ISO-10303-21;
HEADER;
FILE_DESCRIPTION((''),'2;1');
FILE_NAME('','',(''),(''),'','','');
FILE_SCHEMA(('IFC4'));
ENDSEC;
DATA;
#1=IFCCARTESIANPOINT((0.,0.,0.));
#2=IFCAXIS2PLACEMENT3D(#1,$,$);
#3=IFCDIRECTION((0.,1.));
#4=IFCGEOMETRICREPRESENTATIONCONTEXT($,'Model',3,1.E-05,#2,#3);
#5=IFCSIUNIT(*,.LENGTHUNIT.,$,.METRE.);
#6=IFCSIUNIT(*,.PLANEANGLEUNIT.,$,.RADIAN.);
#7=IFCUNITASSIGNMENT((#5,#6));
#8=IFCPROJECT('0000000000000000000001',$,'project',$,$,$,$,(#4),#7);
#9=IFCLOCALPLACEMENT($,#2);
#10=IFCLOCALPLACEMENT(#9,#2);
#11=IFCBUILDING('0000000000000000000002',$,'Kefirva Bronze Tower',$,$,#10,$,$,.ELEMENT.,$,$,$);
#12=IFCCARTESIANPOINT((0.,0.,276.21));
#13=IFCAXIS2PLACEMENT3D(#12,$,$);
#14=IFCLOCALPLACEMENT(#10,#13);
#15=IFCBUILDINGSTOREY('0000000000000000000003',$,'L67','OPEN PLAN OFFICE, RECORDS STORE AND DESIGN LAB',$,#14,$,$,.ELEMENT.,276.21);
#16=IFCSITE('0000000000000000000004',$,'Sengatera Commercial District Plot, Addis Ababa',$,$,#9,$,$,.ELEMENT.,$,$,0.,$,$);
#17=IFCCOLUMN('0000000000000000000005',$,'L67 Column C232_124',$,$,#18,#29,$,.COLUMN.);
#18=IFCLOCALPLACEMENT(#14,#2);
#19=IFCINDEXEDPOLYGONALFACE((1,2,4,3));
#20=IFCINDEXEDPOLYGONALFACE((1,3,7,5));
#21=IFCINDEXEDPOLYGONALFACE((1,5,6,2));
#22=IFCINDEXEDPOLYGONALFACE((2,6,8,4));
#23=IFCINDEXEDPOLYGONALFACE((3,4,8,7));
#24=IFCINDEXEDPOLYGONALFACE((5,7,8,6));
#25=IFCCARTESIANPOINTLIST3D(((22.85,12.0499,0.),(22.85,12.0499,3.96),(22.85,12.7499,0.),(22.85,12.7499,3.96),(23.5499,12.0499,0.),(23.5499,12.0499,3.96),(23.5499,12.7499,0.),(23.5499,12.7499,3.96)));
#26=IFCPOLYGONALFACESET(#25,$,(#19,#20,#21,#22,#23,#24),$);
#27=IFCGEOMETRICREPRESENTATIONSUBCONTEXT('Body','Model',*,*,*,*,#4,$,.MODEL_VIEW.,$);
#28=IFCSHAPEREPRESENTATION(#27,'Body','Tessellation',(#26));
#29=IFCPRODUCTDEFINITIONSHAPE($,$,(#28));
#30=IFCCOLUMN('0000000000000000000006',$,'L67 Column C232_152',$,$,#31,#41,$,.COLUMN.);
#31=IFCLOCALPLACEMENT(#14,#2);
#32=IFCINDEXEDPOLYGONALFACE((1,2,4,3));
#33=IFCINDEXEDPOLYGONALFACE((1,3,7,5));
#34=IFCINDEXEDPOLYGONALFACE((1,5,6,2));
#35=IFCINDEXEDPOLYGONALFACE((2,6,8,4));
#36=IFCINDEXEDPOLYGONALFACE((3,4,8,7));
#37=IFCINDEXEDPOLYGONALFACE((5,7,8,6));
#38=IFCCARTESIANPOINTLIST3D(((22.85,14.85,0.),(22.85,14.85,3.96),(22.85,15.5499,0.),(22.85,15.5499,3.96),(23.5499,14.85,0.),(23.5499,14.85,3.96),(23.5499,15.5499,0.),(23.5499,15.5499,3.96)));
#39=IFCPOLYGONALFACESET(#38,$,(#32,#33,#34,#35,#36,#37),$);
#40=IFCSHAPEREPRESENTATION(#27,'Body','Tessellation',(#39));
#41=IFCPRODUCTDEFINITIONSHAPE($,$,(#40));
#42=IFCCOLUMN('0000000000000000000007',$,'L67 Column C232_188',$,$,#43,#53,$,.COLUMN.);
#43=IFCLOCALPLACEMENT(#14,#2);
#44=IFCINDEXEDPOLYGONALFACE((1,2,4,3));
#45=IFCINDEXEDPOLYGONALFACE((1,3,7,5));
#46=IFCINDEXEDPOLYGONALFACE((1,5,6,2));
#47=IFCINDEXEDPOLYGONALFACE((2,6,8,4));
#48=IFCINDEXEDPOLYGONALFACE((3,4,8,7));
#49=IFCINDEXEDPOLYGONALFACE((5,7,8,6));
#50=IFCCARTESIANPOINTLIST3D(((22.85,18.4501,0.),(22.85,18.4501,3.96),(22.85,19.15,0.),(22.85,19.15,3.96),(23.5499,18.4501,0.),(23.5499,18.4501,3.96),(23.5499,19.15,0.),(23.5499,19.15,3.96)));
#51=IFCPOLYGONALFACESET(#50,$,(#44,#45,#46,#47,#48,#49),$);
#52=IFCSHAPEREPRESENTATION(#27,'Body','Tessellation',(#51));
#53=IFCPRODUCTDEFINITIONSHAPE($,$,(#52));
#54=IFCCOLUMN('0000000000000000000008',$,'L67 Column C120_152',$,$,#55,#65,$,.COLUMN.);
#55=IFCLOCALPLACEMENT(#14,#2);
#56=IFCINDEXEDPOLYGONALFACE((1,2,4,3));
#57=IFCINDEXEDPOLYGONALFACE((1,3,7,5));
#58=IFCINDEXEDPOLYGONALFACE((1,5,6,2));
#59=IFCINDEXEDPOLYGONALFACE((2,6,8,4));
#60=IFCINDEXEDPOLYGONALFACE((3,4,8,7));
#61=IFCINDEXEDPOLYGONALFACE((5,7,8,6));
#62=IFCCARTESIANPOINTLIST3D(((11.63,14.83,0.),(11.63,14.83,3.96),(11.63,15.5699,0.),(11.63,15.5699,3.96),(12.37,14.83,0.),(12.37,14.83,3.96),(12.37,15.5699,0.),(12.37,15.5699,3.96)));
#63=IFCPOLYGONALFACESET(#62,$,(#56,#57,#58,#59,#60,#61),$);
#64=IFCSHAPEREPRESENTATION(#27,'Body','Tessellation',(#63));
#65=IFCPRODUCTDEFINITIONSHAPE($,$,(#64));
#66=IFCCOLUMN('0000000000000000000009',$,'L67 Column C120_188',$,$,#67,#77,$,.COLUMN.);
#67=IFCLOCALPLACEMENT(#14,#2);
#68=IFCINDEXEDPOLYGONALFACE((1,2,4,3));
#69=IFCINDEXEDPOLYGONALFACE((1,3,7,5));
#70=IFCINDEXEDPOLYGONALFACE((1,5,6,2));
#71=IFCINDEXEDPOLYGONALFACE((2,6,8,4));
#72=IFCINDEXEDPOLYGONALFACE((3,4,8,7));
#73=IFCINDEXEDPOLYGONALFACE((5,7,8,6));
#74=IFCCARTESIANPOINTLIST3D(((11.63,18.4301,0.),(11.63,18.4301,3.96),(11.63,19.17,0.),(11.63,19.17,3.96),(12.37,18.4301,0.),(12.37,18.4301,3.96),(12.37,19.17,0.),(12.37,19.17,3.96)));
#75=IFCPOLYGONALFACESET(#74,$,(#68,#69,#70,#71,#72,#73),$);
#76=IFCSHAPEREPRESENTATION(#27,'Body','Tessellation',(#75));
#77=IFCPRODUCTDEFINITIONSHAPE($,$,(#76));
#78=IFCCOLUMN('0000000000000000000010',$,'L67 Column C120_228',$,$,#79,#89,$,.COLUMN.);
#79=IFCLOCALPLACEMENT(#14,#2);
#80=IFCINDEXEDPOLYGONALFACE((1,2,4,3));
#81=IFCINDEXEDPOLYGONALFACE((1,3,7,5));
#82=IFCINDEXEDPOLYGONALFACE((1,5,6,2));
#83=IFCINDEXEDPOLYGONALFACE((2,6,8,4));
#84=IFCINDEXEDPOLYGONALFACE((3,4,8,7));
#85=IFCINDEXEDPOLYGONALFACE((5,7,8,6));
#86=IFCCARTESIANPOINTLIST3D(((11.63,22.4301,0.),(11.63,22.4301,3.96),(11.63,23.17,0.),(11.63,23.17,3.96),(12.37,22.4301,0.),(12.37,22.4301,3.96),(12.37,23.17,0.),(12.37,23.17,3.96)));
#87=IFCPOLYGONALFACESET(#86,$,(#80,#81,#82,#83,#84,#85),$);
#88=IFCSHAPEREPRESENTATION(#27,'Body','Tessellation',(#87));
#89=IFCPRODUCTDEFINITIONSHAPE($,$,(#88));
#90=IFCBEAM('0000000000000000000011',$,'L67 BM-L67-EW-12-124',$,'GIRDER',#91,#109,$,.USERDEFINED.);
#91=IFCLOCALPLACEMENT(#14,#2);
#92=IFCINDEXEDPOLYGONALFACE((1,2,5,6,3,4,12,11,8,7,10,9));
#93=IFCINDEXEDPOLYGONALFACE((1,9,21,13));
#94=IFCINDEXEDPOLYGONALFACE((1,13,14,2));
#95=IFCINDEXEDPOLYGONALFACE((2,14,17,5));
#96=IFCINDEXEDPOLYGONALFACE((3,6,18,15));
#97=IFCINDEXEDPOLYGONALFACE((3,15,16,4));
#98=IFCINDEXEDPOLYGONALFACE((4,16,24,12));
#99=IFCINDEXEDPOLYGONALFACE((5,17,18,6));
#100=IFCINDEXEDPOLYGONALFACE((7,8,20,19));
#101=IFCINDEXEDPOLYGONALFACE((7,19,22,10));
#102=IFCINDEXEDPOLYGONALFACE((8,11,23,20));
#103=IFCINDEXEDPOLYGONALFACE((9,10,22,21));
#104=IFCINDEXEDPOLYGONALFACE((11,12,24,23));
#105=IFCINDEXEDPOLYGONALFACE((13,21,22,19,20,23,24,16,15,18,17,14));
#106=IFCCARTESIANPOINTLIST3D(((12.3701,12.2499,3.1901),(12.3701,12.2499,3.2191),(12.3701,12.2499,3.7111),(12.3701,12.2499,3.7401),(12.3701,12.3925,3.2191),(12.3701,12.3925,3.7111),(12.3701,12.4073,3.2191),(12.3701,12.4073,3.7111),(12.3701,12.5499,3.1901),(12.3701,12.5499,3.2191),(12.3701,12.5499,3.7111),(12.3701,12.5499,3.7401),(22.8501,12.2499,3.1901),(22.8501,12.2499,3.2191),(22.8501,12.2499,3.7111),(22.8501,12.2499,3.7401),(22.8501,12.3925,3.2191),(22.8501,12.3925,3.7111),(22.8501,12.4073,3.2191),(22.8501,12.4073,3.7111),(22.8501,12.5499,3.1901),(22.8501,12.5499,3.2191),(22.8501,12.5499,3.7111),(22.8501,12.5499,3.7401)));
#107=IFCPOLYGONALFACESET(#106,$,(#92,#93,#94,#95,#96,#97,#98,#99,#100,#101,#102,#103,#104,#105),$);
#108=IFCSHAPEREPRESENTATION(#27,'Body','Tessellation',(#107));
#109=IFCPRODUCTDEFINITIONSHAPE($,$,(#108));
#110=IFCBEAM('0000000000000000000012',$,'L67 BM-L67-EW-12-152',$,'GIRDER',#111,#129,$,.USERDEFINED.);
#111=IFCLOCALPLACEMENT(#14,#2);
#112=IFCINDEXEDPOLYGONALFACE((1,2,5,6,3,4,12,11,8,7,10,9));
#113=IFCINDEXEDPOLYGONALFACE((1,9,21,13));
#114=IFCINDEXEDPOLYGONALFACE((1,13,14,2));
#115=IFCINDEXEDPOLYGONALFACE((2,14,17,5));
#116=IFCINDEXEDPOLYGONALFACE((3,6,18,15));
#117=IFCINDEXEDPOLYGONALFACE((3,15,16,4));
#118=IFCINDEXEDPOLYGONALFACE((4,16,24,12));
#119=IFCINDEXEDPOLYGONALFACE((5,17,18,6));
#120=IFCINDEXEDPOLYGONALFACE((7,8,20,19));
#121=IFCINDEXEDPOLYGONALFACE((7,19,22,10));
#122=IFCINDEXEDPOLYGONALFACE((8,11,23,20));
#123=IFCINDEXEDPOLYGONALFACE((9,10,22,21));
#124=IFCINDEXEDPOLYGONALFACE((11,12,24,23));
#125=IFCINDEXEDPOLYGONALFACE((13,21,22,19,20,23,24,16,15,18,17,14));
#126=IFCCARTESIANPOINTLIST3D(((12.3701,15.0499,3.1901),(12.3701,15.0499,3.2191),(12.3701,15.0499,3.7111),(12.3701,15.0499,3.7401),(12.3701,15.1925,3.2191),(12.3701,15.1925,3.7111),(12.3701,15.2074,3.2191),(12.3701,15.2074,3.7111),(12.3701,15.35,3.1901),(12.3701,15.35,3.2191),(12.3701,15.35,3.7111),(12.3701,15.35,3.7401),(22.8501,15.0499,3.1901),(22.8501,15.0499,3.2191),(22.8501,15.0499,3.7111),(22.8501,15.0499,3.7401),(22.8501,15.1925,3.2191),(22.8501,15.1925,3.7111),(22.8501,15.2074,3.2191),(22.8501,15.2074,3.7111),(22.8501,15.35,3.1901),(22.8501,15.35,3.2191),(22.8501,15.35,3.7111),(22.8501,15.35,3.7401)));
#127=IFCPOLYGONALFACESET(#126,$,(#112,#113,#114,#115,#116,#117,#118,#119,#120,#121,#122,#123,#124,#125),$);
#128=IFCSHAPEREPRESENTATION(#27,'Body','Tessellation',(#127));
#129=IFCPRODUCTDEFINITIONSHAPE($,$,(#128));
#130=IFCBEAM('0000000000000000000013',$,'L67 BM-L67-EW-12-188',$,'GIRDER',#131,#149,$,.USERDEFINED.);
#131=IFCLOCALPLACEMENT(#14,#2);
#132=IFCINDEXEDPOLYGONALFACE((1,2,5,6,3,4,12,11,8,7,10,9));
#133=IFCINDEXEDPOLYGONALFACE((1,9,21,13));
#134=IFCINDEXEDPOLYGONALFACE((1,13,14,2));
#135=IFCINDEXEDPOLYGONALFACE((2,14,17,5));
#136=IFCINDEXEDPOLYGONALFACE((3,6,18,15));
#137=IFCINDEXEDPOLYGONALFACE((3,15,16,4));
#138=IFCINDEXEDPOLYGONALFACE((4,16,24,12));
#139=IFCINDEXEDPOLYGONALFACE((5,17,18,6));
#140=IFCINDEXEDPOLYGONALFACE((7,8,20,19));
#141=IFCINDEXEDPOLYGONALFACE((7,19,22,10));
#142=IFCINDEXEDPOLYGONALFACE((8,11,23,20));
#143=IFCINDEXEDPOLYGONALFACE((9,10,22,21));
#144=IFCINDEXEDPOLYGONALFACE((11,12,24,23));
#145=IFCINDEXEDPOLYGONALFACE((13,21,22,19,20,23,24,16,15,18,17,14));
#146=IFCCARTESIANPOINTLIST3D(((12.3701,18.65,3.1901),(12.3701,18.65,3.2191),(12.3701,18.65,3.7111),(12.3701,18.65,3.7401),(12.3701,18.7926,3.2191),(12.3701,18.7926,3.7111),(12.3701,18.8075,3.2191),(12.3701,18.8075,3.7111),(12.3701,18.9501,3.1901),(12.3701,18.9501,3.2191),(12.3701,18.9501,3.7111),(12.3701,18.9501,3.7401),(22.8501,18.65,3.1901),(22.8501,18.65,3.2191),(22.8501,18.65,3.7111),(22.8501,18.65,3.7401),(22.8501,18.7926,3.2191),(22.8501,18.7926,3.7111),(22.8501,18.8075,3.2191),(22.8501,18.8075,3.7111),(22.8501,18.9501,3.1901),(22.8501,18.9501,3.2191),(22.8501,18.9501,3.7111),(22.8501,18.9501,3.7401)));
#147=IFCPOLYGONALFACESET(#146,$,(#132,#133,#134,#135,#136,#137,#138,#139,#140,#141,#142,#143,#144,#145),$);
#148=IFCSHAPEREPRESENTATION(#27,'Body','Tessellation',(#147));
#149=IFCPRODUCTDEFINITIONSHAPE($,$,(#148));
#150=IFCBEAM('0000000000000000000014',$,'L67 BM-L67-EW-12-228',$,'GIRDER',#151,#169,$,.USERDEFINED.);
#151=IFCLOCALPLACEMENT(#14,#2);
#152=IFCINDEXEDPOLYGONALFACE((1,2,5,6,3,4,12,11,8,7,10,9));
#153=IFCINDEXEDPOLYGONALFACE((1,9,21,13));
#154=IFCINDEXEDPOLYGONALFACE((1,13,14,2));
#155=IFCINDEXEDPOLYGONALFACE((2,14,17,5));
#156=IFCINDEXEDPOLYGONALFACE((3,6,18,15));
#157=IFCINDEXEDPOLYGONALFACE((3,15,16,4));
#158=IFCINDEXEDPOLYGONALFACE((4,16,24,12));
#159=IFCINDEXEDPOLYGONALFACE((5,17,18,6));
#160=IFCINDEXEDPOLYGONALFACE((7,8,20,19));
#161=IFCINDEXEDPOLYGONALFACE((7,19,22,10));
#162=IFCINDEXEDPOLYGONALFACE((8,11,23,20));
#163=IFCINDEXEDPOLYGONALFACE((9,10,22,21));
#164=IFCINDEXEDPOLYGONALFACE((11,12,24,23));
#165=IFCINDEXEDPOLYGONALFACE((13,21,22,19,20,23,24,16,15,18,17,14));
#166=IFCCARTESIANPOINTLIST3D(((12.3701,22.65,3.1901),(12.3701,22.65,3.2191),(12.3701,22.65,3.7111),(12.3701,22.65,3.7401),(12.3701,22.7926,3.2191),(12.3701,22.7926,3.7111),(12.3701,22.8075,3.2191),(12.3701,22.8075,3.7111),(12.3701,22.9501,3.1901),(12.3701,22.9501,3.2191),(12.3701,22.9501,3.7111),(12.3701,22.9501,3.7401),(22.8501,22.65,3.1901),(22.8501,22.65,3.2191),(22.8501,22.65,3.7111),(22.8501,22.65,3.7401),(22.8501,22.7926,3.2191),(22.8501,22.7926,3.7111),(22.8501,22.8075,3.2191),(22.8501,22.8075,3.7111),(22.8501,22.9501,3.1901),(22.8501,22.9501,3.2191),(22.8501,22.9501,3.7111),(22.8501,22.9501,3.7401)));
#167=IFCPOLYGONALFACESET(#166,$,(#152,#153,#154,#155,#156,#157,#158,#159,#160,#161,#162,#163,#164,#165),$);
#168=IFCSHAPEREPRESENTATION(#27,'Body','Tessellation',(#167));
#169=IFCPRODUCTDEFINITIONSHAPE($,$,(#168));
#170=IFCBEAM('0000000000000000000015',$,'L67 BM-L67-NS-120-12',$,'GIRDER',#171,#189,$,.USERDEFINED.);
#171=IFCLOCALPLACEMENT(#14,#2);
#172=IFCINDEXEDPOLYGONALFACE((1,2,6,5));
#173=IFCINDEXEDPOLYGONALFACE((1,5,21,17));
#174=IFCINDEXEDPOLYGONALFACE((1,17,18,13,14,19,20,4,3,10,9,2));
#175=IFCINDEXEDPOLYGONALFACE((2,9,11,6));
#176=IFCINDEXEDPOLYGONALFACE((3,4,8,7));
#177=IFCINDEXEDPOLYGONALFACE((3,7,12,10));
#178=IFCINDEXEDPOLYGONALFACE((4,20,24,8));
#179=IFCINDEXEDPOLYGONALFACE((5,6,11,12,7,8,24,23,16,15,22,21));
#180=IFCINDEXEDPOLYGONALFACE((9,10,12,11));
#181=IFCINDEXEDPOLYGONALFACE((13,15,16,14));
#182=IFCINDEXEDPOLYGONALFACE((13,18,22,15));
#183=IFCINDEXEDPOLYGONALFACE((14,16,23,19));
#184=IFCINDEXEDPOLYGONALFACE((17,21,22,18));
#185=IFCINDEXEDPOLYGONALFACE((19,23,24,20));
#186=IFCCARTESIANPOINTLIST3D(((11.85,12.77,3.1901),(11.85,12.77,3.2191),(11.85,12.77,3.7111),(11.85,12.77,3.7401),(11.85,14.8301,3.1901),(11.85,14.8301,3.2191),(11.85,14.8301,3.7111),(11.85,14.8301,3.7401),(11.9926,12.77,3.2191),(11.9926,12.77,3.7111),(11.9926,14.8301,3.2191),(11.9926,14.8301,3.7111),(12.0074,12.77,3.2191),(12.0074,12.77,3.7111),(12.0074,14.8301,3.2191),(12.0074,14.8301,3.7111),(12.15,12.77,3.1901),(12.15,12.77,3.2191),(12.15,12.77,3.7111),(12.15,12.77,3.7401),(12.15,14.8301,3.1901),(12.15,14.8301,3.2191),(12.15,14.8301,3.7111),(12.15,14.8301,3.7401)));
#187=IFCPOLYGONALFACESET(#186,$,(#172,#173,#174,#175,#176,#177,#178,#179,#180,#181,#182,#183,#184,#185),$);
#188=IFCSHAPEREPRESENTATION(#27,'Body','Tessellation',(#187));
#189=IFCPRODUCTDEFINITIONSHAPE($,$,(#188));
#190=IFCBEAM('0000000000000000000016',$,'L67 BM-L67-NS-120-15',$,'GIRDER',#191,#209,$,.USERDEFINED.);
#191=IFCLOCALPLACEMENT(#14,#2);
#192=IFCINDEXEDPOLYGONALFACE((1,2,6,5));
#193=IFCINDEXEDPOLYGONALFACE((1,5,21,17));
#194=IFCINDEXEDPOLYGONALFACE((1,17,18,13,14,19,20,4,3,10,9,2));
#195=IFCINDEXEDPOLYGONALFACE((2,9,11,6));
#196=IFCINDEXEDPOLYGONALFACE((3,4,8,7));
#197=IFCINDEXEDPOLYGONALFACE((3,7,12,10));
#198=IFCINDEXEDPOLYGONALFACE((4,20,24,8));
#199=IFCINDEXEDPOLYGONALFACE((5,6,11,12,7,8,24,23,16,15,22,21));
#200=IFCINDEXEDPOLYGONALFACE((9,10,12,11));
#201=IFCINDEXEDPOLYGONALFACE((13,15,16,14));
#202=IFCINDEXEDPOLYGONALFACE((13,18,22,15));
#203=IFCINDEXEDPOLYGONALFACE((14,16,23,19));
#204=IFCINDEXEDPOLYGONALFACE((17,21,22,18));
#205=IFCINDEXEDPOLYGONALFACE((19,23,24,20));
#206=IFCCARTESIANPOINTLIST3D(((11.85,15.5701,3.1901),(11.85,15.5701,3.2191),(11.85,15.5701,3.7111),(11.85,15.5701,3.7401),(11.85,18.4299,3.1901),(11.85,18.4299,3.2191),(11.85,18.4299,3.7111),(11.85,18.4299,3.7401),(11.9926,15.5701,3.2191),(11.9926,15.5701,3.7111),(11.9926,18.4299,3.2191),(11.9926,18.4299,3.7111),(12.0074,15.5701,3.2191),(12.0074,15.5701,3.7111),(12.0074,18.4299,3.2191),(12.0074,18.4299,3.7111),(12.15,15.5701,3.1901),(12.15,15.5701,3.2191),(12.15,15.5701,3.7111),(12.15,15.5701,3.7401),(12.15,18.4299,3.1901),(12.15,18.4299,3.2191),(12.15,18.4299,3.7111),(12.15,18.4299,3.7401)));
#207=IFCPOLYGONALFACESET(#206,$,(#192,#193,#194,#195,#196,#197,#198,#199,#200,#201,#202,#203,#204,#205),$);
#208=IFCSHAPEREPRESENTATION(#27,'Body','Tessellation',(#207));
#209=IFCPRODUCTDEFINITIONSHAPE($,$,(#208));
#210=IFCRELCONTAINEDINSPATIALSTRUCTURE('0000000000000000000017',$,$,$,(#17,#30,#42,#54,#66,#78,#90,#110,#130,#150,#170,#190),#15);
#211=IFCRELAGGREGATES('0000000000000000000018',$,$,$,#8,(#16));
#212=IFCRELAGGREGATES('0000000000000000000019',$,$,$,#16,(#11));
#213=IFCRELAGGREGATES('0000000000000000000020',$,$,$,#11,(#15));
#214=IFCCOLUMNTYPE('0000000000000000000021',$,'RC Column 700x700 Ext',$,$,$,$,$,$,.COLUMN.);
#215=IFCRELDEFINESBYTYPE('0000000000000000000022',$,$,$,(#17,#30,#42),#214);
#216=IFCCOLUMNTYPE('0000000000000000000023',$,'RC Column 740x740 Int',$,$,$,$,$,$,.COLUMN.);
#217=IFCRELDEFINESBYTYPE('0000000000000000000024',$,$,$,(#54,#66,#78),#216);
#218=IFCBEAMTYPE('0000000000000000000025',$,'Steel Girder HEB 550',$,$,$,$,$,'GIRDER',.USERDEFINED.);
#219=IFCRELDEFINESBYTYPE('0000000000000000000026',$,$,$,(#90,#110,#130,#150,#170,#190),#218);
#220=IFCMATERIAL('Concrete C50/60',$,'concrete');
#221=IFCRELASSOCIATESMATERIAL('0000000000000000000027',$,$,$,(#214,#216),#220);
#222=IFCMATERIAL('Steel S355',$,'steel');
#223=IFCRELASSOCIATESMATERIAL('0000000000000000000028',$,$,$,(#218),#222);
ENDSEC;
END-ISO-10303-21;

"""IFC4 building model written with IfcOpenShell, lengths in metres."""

from ifc_helpers import new_model, si_unit, direction, frame, origin, origin_2d, place, context, subcontext, project, spatial, rectangle, i_section, extrude, material, material_profile, profile_set, type_object, element, save


model = new_model("IFC4")

# Units and contexts
model_context = context("Model", 3, precision=1e-05, world=origin(), true_north=direction((0.0, 1.0)))
body_context = subcontext(model_context, "Body", "Model", "MODEL_VIEW")
ifc_project = project(units=[si_unit("LENGTHUNIT", "METRE"), si_unit("PLANEANGLEUNIT", "RADIAN")], contexts=[model_context])

# Site, building, storey
site_placement = place(None, origin())
site = spatial("IfcSite", under=ifc_project, at=site_placement, Name="Sengatera Commercial District Plot, Addis Ababa", CompositionType="ELEMENT", RefElevation=0.0)
building_placement = place(site_placement, origin())
building = spatial("IfcBuilding", under=site, at=building_placement, Name="Kefirva Bronze Tower", CompositionType="ELEMENT")
storey_placement = place(building_placement, frame((0.0, 0.0, 276.21)))
storey = spatial("IfcBuildingStorey", under=building, at=storey_placement, Name="L67", Description="OPEN PLAN OFFICE, RECORDS STORE AND DESIGN LAB", CompositionType="ELEMENT", Elevation=276.21)

# Columns
ifc_material_1 = material(Name="Concrete C50/60", Category="concrete")
ifc_material_profile_1 = material_profile(ifc_material_1, rectangle(XDim=0.7, YDim=0.7, at=origin_2d()), Name="RC 700x700")
ifc_profile_set_1 = profile_set([ifc_material_profile_1], Name="Concrete C50/60")
column_type_1 = type_object("IfcColumnType", Name="RC Column 700x700 Ext", PredefinedType="COLUMN", material=ifc_profile_set_1)
for number, where, z_axis, x_axis, name in (
    (1, (23.2, 12.3999, 0.0), (0.0, 0.0, 1.0), (1.0, 0.0, 0.0), "L67 Column C232_124"),
    (2, (23.2, 15.2, 0.0), (0.0, 0.0, 1.0), (1.0, 0.0, 0.0), "L67 Column C232_152"),
    (3, (23.2, 18.8, 0.0), (0.0, 0.0, 1.0), (1.0, 0.0, 0.0), "L67 Column C232_188"),
):
    element("IfcColumn", number, at=place(storey_placement, frame(where, z_axis=z_axis, x_axis=x_axis)), inside=storey, type_object=column_type_1, Name=name, PredefinedType="COLUMN", context=body_context, shape_type="SweptSolid", body=[
        extrude(rectangle(XDim=0.7, YDim=0.7, at=origin_2d()), origin(), (0.0, 0.0, 1.0), 3.96),
    ])
ifc_material_profile_2 = material_profile(ifc_material_1, rectangle(XDim=0.74, YDim=0.74, at=origin_2d()), Name="RC 740x740")
ifc_profile_set_2 = profile_set([ifc_material_profile_2], Name="Concrete C50/60")
column_type_2 = type_object("IfcColumnType", Name="RC Column 740x740 Int", PredefinedType="COLUMN", material=ifc_profile_set_2)
for number, where, z_axis, x_axis, name in (
    (4, (12.0, 15.2, 0.0), (0.0, 0.0, 1.0), (1.0, 0.0, 0.0), "L67 Column C120_152"),
    (5, (12.0, 18.8, 0.0), (0.0, 0.0, 1.0), (1.0, 0.0, 0.0), "L67 Column C120_188"),
    (6, (12.0, 22.8, 0.0), (0.0, 0.0, 1.0), (1.0, 0.0, 0.0), "L67 Column C120_228"),
):
    element("IfcColumn", number, at=place(storey_placement, frame(where, z_axis=z_axis, x_axis=x_axis)), inside=storey, type_object=column_type_2, Name=name, PredefinedType="COLUMN", context=body_context, shape_type="SweptSolid", body=[
        extrude(rectangle(XDim=0.74, YDim=0.74, at=origin_2d()), origin(), (0.0, 0.0, 1.0), 3.96),
    ])

# Beams
ifc_material_2 = material(Name="Steel S355", Category="steel")
ifc_material_profile_3 = material_profile(ifc_material_2, i_section(OverallWidth=0.3, OverallDepth=0.55, WebThickness=0.0149, FlangeThickness=0.0291, at=origin_2d()), Name="HEB 550")
ifc_profile_set_3 = profile_set([ifc_material_profile_3], Name="Steel S355")
beam_type_1 = type_object("IfcBeamType", Name="Steel Girder HEB 550", ElementType="GIRDER", PredefinedType="USERDEFINED", material=ifc_profile_set_3)
for number, where, z_axis, x_axis, name in (
    (7, (12.3701, 12.3999, 3.4651), (1.0, 0.0, 0.0), (0.0, 1.0, 0.0), "L67 BM-L67-EW-12-124"),
    (8, (12.3701, 15.2, 3.4651), (1.0, 0.0, 0.0), (0.0, 1.0, 0.0), "L67 BM-L67-EW-12-152"),
    (9, (12.3701, 18.8, 3.4651), (1.0, 0.0, 0.0), (0.0, 1.0, 0.0), "L67 BM-L67-EW-12-188"),
    (10, (12.3701, 22.8, 3.4651), (1.0, 0.0, 0.0), (0.0, 1.0, 0.0), "L67 BM-L67-EW-12-228"),
):
    element("IfcBeam", number, at=place(storey_placement, frame(where, z_axis=z_axis, x_axis=x_axis)), inside=storey, type_object=beam_type_1, Name=name, ObjectType="GIRDER", PredefinedType="USERDEFINED", context=body_context, shape_type="SweptSolid", body=[
        extrude(i_section(OverallWidth=0.3, OverallDepth=0.55, WebThickness=0.0149, FlangeThickness=0.0291, at=origin_2d()), origin(), (0.0, 0.0, 1.0), 10.48),
    ])
beam_1_placement = place(storey_placement, frame((12.0, 12.77, 3.4651), z_axis=(0.0, 1.0, 0.0), x_axis=(-1.0, 0.0, 0.0)))
element("IfcBeam", 11, at=beam_1_placement, inside=storey, type_object=beam_type_1, Name="L67 BM-L67-NS-120-12", ObjectType="GIRDER", PredefinedType="USERDEFINED", context=body_context, shape_type="SweptSolid", body=[
    extrude(i_section(OverallWidth=0.3, OverallDepth=0.55, WebThickness=0.0149, FlangeThickness=0.0291, at=origin_2d()), origin(), (0.0, 0.0, 1.0), 2.0601),
])
beam_2_placement = place(storey_placement, frame((12.0, 15.5701, 3.4651), z_axis=(0.0, 1.0, 0.0), x_axis=(-1.0, 0.0, 0.0)))
element("IfcBeam", 12, at=beam_2_placement, inside=storey, type_object=beam_type_1, Name="L67 BM-L67-NS-120-15", ObjectType="GIRDER", PredefinedType="USERDEFINED", context=body_context, shape_type="SweptSolid", body=[
    extrude(i_section(OverallWidth=0.3, OverallDepth=0.55, WebThickness=0.0149, FlangeThickness=0.0291, at=origin_2d()), origin(), (0.0, 0.0, 1.0), 2.8599),
])

save(model, "model.ifc")
